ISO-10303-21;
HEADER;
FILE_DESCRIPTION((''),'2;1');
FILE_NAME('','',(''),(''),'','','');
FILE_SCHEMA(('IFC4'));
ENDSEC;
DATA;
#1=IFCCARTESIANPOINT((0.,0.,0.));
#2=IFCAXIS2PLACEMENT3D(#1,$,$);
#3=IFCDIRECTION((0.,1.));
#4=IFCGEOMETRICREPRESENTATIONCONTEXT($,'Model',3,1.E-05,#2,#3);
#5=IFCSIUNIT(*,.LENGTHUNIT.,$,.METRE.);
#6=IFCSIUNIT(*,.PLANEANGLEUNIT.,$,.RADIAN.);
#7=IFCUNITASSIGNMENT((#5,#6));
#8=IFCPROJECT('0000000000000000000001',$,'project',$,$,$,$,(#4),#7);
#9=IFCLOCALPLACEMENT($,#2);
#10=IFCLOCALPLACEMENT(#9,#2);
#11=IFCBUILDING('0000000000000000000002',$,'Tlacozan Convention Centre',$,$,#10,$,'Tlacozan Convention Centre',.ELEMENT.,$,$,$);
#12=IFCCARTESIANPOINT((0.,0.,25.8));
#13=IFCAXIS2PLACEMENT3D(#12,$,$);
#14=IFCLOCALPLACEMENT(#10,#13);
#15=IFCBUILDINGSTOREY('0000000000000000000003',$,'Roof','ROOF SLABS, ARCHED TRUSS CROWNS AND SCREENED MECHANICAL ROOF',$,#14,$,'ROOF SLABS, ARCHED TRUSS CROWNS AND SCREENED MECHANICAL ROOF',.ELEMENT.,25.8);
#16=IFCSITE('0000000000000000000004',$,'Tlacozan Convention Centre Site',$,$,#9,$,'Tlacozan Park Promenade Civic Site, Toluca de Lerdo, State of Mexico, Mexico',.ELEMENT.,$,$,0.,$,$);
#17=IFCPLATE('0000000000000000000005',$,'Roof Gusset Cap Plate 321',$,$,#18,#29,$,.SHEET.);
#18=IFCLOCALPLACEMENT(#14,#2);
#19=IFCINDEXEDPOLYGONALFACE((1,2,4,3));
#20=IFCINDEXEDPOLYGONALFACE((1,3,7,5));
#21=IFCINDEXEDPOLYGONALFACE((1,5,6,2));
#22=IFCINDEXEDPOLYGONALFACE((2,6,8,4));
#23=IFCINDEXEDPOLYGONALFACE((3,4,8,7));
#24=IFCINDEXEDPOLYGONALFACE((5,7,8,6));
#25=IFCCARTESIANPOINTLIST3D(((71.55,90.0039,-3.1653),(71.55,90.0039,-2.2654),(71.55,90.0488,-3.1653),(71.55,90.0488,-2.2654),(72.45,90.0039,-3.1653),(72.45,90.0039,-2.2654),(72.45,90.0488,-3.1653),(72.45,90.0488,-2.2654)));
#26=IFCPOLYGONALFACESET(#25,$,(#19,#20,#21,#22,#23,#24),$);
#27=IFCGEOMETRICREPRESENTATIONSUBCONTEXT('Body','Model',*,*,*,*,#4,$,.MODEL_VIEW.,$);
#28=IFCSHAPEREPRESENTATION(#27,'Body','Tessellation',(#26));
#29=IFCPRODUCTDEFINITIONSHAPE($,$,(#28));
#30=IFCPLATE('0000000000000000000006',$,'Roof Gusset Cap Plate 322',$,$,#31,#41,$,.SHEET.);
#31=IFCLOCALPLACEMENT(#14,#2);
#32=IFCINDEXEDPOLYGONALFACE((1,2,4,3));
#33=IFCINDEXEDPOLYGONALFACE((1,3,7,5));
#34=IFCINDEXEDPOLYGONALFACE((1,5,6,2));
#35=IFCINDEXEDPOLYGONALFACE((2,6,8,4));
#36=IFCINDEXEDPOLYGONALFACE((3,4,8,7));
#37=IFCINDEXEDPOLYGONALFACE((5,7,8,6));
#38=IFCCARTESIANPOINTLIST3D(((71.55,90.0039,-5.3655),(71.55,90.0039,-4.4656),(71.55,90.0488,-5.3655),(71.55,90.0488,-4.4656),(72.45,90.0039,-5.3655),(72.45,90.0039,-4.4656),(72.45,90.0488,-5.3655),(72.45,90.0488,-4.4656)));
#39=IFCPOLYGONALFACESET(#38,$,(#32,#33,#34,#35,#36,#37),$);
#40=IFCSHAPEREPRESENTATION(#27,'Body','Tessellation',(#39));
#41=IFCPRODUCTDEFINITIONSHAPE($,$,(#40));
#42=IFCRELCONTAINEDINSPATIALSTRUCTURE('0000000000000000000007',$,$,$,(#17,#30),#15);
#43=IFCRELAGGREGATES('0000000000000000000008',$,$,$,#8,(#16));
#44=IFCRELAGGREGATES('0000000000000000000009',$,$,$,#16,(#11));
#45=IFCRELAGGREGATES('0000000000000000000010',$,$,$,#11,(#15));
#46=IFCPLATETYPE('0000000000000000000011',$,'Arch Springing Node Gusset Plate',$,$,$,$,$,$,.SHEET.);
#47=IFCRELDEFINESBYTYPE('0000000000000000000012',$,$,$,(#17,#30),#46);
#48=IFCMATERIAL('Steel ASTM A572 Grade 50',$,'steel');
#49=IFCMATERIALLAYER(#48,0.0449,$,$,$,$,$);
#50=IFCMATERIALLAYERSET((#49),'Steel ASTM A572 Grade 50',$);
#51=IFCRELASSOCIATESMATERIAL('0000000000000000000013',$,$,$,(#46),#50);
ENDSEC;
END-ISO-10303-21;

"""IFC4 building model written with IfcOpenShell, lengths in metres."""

from ifc_helpers import new_model, si_unit, direction, frame, origin, origin_2d, place, context, subcontext, project, spatial, rectangle, extrude, material, layer, layer_set, type_object, element, save


model = new_model("IFC4")

# Units and contexts
model_context = context("Model", 3, precision=1e-05, world=origin(), true_north=direction((0.0, 1.0)))
body_context = subcontext(model_context, "Body", "Model", "MODEL_VIEW")
ifc_project = project(units=[si_unit("LENGTHUNIT", "METRE"), si_unit("PLANEANGLEUNIT", "RADIAN")], contexts=[model_context])

# Site, building, storey
site_placement = place(None, origin())
site = spatial("IfcSite", under=ifc_project, at=site_placement, Name="Tlacozan Convention Centre Site", LongName="Tlacozan Park Promenade Civic Site, Toluca de Lerdo, State of Mexico, Mexico", CompositionType="ELEMENT", RefElevation=0.0)
building_placement = place(site_placement, origin())
building = spatial("IfcBuilding", under=site, at=building_placement, Name="Tlacozan Convention Centre", LongName="Tlacozan Convention Centre", CompositionType="ELEMENT")
storey_placement = place(building_placement, frame((0.0, 0.0, 25.8)))
storey = spatial("IfcBuildingStorey", under=building, at=storey_placement, Name="Roof", Description="ROOF SLABS, ARCHED TRUSS CROWNS AND SCREENED MECHANICAL ROOF", LongName="ROOF SLABS, ARCHED TRUSS CROWNS AND SCREENED MECHANICAL ROOF", CompositionType="ELEMENT", Elevation=25.8)

# Plates
ifc_material_1 = material(Name="Steel ASTM A572 Grade 50", Category="steel")
ifc_layer = layer(ifc_material_1, 0.0449)
ifc_layer_set = layer_set([ifc_layer], Name="Steel ASTM A572 Grade 50")
plate_type = type_object("IfcPlateType", Name="Arch Springing Node Gusset Plate", PredefinedType="SHEET", material=ifc_layer_set)
for number, where, z_axis, x_axis, name in (
    (1, (72.0, 90.0264, -3.1653), (0.0, 0.0, 1.0), (0.0, 1.0, 0.0), "Roof Gusset Cap Plate 321"),
    (2, (72.0, 90.0264, -5.3655), (0.0, 0.0, 1.0), (0.0, 1.0, 0.0), "Roof Gusset Cap Plate 322"),
):
    element("IfcPlate", number, at=place(storey_placement, frame(where, z_axis=z_axis, x_axis=x_axis)), inside=storey, type_object=plate_type, Name=name, PredefinedType="SHEET", context=body_context, shape_type="SweptSolid", body=[
        extrude(rectangle(XDim=0.0449, YDim=0.8999, at=origin_2d()), origin(), (0.0, 0.0, 1.0), 0.8999),
    ])

save(model, "model.ifc")
